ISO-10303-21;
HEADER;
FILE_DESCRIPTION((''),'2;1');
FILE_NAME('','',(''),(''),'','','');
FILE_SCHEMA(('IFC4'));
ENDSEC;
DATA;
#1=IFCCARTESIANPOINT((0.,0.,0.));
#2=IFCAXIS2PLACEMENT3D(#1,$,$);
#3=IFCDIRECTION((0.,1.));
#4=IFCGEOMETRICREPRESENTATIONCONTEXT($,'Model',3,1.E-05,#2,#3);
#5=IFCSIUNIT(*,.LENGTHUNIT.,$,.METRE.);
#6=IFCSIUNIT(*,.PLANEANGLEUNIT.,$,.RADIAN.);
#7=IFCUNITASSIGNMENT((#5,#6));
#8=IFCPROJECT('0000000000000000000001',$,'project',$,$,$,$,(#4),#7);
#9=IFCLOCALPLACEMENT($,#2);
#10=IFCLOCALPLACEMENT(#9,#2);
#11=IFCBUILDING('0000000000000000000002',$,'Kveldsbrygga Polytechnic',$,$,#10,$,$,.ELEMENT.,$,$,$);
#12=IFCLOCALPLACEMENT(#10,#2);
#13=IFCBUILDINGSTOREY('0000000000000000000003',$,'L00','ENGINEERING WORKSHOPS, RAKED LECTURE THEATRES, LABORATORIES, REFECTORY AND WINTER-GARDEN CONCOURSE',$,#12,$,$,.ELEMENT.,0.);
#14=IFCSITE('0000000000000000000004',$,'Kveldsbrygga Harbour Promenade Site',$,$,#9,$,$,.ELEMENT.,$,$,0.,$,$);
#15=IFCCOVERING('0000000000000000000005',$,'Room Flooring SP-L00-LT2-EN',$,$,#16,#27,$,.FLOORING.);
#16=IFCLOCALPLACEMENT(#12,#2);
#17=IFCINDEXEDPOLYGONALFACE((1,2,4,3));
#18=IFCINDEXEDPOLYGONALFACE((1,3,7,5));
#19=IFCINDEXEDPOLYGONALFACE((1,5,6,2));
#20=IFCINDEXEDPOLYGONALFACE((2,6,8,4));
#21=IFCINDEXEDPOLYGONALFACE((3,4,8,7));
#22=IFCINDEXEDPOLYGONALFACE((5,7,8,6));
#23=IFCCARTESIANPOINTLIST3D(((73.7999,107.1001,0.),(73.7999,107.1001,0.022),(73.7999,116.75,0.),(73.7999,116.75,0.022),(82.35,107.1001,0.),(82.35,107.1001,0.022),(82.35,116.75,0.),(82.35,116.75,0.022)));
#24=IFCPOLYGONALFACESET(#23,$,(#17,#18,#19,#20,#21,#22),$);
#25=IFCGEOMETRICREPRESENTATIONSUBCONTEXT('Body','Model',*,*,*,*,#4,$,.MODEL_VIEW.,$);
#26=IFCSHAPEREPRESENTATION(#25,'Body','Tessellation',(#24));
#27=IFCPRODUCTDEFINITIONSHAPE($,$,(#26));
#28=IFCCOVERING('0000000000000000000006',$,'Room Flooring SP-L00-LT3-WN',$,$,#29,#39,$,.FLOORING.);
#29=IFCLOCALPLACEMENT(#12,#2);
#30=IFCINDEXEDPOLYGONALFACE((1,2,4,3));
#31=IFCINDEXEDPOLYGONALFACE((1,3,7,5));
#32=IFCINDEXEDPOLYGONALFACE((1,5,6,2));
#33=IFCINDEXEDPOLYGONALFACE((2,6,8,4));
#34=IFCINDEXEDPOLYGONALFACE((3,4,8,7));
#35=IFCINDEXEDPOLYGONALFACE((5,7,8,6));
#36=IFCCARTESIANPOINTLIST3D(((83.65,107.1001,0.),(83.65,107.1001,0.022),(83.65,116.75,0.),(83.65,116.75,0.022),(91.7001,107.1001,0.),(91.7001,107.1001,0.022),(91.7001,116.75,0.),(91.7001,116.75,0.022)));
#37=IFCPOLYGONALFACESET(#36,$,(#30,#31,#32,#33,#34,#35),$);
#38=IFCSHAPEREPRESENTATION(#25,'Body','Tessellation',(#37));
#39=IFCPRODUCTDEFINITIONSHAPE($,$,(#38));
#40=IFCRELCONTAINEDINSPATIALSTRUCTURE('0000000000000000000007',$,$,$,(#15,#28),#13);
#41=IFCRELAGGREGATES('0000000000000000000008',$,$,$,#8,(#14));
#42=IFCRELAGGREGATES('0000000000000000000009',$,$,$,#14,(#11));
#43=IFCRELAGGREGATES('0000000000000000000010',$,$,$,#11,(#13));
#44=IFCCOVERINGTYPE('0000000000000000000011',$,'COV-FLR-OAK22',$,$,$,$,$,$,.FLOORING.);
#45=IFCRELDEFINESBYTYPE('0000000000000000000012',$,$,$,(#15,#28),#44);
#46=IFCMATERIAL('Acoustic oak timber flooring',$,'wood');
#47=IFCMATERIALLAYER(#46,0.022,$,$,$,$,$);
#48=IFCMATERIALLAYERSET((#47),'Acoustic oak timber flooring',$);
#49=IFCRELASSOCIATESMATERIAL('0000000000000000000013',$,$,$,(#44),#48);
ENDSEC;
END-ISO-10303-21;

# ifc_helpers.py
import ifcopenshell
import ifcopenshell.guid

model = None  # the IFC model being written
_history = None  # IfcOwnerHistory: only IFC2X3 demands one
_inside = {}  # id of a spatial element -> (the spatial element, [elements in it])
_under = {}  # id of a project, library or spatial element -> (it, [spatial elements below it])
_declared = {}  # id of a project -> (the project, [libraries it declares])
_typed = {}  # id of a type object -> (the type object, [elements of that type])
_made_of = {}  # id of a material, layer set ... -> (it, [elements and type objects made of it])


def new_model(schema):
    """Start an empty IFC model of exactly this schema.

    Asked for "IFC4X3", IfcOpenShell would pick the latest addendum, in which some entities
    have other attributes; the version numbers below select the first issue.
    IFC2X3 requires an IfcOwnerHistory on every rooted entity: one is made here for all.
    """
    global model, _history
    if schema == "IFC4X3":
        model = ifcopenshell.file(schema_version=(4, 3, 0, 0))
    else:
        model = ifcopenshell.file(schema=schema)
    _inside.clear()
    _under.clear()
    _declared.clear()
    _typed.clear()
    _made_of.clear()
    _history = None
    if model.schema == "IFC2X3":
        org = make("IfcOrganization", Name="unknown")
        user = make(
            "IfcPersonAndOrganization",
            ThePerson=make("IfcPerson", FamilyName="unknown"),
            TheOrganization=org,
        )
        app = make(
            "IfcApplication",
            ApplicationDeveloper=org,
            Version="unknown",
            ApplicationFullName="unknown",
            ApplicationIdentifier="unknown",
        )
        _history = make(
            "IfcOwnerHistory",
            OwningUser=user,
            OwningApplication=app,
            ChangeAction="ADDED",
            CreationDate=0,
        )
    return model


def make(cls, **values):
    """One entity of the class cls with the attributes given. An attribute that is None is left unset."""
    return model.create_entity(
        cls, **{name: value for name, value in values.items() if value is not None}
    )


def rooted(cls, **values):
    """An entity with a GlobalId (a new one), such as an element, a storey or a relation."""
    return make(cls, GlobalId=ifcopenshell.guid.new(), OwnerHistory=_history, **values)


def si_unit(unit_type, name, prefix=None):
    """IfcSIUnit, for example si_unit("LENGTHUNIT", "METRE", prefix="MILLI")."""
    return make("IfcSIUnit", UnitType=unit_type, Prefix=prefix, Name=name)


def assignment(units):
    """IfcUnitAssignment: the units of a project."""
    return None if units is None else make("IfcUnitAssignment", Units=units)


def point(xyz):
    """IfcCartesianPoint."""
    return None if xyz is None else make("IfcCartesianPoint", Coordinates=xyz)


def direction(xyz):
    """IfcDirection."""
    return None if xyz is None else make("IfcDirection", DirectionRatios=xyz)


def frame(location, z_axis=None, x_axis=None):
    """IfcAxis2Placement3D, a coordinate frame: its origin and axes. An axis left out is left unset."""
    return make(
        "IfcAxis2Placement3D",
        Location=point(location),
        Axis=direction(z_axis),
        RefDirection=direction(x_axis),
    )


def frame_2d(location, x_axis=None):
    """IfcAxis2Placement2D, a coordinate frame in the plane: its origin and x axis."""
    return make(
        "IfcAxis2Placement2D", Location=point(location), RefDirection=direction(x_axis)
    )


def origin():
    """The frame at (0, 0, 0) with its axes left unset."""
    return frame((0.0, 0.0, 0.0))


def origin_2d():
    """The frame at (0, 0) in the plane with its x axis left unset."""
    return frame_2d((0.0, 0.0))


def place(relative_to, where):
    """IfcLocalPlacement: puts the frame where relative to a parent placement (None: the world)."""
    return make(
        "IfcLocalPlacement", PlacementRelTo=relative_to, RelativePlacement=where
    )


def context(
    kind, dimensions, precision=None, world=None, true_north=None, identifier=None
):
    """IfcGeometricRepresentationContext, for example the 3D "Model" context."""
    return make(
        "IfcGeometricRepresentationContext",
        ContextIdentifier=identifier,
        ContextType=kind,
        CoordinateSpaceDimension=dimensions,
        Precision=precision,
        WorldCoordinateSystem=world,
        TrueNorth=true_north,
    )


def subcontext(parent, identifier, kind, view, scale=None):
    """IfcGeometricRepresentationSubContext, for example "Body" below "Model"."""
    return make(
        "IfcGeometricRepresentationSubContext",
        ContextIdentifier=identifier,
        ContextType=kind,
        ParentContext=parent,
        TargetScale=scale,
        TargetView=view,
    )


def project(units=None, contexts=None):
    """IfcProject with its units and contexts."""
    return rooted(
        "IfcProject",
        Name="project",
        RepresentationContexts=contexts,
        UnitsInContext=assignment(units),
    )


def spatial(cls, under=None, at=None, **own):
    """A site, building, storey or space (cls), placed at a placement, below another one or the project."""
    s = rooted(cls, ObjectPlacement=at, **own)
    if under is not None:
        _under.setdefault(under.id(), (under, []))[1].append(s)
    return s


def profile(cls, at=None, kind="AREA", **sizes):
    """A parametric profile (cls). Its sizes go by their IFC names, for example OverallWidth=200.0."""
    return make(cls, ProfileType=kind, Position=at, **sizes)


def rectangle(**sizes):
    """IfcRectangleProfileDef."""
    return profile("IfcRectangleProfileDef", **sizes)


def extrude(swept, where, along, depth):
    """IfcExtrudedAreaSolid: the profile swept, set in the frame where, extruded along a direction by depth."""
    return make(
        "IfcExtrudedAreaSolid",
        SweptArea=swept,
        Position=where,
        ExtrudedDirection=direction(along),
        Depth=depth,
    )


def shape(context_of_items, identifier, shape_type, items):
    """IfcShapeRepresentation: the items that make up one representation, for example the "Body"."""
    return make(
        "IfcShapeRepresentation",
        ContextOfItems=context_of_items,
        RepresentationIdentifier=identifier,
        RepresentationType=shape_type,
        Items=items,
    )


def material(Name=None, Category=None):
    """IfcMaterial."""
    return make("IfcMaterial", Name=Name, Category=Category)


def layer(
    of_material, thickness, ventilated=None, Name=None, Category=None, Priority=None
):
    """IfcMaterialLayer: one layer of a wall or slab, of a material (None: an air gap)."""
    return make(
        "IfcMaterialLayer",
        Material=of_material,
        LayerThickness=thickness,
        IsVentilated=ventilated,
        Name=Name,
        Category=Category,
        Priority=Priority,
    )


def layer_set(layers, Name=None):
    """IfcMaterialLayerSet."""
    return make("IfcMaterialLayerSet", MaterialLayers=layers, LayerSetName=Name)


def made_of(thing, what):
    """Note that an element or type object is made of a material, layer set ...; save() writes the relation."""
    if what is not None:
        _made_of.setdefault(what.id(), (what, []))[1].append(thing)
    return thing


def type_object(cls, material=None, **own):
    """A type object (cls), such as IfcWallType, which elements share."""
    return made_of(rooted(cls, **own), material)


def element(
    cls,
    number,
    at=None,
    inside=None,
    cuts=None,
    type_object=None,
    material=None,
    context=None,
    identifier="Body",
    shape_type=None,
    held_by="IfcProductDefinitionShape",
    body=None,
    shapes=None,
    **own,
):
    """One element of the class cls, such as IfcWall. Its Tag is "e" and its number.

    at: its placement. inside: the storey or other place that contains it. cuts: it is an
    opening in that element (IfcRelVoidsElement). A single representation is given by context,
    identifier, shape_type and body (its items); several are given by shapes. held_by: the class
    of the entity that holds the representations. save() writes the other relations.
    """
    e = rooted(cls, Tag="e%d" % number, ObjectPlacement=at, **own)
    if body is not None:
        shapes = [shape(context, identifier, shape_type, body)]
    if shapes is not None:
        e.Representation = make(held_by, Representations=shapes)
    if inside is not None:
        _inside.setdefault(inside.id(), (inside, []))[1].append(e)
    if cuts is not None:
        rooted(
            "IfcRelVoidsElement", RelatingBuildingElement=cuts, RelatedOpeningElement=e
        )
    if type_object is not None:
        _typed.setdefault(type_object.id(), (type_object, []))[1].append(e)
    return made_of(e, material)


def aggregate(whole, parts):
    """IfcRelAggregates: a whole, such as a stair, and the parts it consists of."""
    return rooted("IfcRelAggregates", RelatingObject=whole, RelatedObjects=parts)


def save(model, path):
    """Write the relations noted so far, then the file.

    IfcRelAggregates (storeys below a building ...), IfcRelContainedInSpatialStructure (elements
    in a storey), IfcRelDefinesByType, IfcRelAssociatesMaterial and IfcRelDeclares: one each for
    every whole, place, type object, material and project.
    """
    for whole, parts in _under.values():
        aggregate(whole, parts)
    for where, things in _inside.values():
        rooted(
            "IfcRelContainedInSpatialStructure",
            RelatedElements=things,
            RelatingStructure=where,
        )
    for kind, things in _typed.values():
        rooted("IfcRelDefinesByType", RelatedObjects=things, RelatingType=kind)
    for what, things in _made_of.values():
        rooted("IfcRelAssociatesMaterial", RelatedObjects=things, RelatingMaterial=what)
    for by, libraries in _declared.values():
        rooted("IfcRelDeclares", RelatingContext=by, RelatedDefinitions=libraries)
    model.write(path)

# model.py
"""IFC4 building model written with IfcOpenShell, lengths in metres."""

from ifc_helpers import new_model, si_unit, direction, frame, origin, origin_2d, place, context, subcontext, project, spatial, rectangle, extrude, material, layer, layer_set, type_object, element, save


model = new_model("IFC4")

# Units and contexts
model_context = context("Model", 3, precision=1e-05, world=origin(), true_north=direction((0.0, 1.0)))
body_context = subcontext(model_context, "Body", "Model", "MODEL_VIEW")
ifc_project = project(units=[si_unit("LENGTHUNIT", "METRE"), si_unit("PLANEANGLEUNIT", "RADIAN")], contexts=[model_context])

# Site, building, storey
site_placement = place(None, origin())
site = spatial("IfcSite", under=ifc_project, at=site_placement, Name="Kveldsbrygga Harbour Promenade Site", CompositionType="ELEMENT", RefElevation=0.0)
building_placement = place(site_placement, origin())
building = spatial("IfcBuilding", under=site, at=building_placement, Name="Kveldsbrygga Polytechnic", CompositionType="ELEMENT")
storey_placement = place(building_placement, origin())
storey = spatial("IfcBuildingStorey", under=building, at=storey_placement, Name="L00", Description="ENGINEERING WORKSHOPS, RAKED LECTURE THEATRES, LABORATORIES, REFECTORY AND WINTER-GARDEN CONCOURSE", CompositionType="ELEMENT", Elevation=0.0)

# Coverings
ifc_material_1 = material(Name="Acoustic oak timber flooring", Category="wood")
ifc_layer_1 = layer(ifc_material_1, 0.022)
ifc_layer_set_1 = layer_set([ifc_layer_1], Name="Acoustic oak timber flooring")
covering_type_1 = type_object("IfcCoveringType", Name="COV-FLR-OAK22", PredefinedType="FLOORING", material=ifc_layer_set_1)
covering_1_placement = place(storey_placement, frame((78.075, 111.925, 0.0), z_axis=(0.0, 0.0, 1.0), x_axis=(1.0, 0.0, 0.0)))
element("IfcCovering", 1, at=covering_1_placement, inside=storey, type_object=covering_type_1, Name="Room Flooring SP-L00-LT2-EN", PredefinedType="FLOORING", context=body_context, shape_type="SweptSolid", body=[
    extrude(rectangle(XDim=8.55, YDim=9.6499, at=origin_2d()), origin(), (0.0, 0.0, 1.0), 0.022),
])
covering_2_placement = place(storey_placement, frame((87.675, 111.925, 0.0), z_axis=(0.0, 0.0, 1.0), x_axis=(1.0, 0.0, 0.0)))
element("IfcCovering", 2, at=covering_2_placement, inside=storey, type_object=covering_type_1, Name="Room Flooring SP-L00-LT3-WN", PredefinedType="FLOORING", context=body_context, shape_type="SweptSolid", body=[
    extrude(rectangle(XDim=8.05, YDim=9.6499, at=origin_2d()), origin(), (0.0, 0.0, 1.0), 0.022),
])

save(model, "model.ifc")
